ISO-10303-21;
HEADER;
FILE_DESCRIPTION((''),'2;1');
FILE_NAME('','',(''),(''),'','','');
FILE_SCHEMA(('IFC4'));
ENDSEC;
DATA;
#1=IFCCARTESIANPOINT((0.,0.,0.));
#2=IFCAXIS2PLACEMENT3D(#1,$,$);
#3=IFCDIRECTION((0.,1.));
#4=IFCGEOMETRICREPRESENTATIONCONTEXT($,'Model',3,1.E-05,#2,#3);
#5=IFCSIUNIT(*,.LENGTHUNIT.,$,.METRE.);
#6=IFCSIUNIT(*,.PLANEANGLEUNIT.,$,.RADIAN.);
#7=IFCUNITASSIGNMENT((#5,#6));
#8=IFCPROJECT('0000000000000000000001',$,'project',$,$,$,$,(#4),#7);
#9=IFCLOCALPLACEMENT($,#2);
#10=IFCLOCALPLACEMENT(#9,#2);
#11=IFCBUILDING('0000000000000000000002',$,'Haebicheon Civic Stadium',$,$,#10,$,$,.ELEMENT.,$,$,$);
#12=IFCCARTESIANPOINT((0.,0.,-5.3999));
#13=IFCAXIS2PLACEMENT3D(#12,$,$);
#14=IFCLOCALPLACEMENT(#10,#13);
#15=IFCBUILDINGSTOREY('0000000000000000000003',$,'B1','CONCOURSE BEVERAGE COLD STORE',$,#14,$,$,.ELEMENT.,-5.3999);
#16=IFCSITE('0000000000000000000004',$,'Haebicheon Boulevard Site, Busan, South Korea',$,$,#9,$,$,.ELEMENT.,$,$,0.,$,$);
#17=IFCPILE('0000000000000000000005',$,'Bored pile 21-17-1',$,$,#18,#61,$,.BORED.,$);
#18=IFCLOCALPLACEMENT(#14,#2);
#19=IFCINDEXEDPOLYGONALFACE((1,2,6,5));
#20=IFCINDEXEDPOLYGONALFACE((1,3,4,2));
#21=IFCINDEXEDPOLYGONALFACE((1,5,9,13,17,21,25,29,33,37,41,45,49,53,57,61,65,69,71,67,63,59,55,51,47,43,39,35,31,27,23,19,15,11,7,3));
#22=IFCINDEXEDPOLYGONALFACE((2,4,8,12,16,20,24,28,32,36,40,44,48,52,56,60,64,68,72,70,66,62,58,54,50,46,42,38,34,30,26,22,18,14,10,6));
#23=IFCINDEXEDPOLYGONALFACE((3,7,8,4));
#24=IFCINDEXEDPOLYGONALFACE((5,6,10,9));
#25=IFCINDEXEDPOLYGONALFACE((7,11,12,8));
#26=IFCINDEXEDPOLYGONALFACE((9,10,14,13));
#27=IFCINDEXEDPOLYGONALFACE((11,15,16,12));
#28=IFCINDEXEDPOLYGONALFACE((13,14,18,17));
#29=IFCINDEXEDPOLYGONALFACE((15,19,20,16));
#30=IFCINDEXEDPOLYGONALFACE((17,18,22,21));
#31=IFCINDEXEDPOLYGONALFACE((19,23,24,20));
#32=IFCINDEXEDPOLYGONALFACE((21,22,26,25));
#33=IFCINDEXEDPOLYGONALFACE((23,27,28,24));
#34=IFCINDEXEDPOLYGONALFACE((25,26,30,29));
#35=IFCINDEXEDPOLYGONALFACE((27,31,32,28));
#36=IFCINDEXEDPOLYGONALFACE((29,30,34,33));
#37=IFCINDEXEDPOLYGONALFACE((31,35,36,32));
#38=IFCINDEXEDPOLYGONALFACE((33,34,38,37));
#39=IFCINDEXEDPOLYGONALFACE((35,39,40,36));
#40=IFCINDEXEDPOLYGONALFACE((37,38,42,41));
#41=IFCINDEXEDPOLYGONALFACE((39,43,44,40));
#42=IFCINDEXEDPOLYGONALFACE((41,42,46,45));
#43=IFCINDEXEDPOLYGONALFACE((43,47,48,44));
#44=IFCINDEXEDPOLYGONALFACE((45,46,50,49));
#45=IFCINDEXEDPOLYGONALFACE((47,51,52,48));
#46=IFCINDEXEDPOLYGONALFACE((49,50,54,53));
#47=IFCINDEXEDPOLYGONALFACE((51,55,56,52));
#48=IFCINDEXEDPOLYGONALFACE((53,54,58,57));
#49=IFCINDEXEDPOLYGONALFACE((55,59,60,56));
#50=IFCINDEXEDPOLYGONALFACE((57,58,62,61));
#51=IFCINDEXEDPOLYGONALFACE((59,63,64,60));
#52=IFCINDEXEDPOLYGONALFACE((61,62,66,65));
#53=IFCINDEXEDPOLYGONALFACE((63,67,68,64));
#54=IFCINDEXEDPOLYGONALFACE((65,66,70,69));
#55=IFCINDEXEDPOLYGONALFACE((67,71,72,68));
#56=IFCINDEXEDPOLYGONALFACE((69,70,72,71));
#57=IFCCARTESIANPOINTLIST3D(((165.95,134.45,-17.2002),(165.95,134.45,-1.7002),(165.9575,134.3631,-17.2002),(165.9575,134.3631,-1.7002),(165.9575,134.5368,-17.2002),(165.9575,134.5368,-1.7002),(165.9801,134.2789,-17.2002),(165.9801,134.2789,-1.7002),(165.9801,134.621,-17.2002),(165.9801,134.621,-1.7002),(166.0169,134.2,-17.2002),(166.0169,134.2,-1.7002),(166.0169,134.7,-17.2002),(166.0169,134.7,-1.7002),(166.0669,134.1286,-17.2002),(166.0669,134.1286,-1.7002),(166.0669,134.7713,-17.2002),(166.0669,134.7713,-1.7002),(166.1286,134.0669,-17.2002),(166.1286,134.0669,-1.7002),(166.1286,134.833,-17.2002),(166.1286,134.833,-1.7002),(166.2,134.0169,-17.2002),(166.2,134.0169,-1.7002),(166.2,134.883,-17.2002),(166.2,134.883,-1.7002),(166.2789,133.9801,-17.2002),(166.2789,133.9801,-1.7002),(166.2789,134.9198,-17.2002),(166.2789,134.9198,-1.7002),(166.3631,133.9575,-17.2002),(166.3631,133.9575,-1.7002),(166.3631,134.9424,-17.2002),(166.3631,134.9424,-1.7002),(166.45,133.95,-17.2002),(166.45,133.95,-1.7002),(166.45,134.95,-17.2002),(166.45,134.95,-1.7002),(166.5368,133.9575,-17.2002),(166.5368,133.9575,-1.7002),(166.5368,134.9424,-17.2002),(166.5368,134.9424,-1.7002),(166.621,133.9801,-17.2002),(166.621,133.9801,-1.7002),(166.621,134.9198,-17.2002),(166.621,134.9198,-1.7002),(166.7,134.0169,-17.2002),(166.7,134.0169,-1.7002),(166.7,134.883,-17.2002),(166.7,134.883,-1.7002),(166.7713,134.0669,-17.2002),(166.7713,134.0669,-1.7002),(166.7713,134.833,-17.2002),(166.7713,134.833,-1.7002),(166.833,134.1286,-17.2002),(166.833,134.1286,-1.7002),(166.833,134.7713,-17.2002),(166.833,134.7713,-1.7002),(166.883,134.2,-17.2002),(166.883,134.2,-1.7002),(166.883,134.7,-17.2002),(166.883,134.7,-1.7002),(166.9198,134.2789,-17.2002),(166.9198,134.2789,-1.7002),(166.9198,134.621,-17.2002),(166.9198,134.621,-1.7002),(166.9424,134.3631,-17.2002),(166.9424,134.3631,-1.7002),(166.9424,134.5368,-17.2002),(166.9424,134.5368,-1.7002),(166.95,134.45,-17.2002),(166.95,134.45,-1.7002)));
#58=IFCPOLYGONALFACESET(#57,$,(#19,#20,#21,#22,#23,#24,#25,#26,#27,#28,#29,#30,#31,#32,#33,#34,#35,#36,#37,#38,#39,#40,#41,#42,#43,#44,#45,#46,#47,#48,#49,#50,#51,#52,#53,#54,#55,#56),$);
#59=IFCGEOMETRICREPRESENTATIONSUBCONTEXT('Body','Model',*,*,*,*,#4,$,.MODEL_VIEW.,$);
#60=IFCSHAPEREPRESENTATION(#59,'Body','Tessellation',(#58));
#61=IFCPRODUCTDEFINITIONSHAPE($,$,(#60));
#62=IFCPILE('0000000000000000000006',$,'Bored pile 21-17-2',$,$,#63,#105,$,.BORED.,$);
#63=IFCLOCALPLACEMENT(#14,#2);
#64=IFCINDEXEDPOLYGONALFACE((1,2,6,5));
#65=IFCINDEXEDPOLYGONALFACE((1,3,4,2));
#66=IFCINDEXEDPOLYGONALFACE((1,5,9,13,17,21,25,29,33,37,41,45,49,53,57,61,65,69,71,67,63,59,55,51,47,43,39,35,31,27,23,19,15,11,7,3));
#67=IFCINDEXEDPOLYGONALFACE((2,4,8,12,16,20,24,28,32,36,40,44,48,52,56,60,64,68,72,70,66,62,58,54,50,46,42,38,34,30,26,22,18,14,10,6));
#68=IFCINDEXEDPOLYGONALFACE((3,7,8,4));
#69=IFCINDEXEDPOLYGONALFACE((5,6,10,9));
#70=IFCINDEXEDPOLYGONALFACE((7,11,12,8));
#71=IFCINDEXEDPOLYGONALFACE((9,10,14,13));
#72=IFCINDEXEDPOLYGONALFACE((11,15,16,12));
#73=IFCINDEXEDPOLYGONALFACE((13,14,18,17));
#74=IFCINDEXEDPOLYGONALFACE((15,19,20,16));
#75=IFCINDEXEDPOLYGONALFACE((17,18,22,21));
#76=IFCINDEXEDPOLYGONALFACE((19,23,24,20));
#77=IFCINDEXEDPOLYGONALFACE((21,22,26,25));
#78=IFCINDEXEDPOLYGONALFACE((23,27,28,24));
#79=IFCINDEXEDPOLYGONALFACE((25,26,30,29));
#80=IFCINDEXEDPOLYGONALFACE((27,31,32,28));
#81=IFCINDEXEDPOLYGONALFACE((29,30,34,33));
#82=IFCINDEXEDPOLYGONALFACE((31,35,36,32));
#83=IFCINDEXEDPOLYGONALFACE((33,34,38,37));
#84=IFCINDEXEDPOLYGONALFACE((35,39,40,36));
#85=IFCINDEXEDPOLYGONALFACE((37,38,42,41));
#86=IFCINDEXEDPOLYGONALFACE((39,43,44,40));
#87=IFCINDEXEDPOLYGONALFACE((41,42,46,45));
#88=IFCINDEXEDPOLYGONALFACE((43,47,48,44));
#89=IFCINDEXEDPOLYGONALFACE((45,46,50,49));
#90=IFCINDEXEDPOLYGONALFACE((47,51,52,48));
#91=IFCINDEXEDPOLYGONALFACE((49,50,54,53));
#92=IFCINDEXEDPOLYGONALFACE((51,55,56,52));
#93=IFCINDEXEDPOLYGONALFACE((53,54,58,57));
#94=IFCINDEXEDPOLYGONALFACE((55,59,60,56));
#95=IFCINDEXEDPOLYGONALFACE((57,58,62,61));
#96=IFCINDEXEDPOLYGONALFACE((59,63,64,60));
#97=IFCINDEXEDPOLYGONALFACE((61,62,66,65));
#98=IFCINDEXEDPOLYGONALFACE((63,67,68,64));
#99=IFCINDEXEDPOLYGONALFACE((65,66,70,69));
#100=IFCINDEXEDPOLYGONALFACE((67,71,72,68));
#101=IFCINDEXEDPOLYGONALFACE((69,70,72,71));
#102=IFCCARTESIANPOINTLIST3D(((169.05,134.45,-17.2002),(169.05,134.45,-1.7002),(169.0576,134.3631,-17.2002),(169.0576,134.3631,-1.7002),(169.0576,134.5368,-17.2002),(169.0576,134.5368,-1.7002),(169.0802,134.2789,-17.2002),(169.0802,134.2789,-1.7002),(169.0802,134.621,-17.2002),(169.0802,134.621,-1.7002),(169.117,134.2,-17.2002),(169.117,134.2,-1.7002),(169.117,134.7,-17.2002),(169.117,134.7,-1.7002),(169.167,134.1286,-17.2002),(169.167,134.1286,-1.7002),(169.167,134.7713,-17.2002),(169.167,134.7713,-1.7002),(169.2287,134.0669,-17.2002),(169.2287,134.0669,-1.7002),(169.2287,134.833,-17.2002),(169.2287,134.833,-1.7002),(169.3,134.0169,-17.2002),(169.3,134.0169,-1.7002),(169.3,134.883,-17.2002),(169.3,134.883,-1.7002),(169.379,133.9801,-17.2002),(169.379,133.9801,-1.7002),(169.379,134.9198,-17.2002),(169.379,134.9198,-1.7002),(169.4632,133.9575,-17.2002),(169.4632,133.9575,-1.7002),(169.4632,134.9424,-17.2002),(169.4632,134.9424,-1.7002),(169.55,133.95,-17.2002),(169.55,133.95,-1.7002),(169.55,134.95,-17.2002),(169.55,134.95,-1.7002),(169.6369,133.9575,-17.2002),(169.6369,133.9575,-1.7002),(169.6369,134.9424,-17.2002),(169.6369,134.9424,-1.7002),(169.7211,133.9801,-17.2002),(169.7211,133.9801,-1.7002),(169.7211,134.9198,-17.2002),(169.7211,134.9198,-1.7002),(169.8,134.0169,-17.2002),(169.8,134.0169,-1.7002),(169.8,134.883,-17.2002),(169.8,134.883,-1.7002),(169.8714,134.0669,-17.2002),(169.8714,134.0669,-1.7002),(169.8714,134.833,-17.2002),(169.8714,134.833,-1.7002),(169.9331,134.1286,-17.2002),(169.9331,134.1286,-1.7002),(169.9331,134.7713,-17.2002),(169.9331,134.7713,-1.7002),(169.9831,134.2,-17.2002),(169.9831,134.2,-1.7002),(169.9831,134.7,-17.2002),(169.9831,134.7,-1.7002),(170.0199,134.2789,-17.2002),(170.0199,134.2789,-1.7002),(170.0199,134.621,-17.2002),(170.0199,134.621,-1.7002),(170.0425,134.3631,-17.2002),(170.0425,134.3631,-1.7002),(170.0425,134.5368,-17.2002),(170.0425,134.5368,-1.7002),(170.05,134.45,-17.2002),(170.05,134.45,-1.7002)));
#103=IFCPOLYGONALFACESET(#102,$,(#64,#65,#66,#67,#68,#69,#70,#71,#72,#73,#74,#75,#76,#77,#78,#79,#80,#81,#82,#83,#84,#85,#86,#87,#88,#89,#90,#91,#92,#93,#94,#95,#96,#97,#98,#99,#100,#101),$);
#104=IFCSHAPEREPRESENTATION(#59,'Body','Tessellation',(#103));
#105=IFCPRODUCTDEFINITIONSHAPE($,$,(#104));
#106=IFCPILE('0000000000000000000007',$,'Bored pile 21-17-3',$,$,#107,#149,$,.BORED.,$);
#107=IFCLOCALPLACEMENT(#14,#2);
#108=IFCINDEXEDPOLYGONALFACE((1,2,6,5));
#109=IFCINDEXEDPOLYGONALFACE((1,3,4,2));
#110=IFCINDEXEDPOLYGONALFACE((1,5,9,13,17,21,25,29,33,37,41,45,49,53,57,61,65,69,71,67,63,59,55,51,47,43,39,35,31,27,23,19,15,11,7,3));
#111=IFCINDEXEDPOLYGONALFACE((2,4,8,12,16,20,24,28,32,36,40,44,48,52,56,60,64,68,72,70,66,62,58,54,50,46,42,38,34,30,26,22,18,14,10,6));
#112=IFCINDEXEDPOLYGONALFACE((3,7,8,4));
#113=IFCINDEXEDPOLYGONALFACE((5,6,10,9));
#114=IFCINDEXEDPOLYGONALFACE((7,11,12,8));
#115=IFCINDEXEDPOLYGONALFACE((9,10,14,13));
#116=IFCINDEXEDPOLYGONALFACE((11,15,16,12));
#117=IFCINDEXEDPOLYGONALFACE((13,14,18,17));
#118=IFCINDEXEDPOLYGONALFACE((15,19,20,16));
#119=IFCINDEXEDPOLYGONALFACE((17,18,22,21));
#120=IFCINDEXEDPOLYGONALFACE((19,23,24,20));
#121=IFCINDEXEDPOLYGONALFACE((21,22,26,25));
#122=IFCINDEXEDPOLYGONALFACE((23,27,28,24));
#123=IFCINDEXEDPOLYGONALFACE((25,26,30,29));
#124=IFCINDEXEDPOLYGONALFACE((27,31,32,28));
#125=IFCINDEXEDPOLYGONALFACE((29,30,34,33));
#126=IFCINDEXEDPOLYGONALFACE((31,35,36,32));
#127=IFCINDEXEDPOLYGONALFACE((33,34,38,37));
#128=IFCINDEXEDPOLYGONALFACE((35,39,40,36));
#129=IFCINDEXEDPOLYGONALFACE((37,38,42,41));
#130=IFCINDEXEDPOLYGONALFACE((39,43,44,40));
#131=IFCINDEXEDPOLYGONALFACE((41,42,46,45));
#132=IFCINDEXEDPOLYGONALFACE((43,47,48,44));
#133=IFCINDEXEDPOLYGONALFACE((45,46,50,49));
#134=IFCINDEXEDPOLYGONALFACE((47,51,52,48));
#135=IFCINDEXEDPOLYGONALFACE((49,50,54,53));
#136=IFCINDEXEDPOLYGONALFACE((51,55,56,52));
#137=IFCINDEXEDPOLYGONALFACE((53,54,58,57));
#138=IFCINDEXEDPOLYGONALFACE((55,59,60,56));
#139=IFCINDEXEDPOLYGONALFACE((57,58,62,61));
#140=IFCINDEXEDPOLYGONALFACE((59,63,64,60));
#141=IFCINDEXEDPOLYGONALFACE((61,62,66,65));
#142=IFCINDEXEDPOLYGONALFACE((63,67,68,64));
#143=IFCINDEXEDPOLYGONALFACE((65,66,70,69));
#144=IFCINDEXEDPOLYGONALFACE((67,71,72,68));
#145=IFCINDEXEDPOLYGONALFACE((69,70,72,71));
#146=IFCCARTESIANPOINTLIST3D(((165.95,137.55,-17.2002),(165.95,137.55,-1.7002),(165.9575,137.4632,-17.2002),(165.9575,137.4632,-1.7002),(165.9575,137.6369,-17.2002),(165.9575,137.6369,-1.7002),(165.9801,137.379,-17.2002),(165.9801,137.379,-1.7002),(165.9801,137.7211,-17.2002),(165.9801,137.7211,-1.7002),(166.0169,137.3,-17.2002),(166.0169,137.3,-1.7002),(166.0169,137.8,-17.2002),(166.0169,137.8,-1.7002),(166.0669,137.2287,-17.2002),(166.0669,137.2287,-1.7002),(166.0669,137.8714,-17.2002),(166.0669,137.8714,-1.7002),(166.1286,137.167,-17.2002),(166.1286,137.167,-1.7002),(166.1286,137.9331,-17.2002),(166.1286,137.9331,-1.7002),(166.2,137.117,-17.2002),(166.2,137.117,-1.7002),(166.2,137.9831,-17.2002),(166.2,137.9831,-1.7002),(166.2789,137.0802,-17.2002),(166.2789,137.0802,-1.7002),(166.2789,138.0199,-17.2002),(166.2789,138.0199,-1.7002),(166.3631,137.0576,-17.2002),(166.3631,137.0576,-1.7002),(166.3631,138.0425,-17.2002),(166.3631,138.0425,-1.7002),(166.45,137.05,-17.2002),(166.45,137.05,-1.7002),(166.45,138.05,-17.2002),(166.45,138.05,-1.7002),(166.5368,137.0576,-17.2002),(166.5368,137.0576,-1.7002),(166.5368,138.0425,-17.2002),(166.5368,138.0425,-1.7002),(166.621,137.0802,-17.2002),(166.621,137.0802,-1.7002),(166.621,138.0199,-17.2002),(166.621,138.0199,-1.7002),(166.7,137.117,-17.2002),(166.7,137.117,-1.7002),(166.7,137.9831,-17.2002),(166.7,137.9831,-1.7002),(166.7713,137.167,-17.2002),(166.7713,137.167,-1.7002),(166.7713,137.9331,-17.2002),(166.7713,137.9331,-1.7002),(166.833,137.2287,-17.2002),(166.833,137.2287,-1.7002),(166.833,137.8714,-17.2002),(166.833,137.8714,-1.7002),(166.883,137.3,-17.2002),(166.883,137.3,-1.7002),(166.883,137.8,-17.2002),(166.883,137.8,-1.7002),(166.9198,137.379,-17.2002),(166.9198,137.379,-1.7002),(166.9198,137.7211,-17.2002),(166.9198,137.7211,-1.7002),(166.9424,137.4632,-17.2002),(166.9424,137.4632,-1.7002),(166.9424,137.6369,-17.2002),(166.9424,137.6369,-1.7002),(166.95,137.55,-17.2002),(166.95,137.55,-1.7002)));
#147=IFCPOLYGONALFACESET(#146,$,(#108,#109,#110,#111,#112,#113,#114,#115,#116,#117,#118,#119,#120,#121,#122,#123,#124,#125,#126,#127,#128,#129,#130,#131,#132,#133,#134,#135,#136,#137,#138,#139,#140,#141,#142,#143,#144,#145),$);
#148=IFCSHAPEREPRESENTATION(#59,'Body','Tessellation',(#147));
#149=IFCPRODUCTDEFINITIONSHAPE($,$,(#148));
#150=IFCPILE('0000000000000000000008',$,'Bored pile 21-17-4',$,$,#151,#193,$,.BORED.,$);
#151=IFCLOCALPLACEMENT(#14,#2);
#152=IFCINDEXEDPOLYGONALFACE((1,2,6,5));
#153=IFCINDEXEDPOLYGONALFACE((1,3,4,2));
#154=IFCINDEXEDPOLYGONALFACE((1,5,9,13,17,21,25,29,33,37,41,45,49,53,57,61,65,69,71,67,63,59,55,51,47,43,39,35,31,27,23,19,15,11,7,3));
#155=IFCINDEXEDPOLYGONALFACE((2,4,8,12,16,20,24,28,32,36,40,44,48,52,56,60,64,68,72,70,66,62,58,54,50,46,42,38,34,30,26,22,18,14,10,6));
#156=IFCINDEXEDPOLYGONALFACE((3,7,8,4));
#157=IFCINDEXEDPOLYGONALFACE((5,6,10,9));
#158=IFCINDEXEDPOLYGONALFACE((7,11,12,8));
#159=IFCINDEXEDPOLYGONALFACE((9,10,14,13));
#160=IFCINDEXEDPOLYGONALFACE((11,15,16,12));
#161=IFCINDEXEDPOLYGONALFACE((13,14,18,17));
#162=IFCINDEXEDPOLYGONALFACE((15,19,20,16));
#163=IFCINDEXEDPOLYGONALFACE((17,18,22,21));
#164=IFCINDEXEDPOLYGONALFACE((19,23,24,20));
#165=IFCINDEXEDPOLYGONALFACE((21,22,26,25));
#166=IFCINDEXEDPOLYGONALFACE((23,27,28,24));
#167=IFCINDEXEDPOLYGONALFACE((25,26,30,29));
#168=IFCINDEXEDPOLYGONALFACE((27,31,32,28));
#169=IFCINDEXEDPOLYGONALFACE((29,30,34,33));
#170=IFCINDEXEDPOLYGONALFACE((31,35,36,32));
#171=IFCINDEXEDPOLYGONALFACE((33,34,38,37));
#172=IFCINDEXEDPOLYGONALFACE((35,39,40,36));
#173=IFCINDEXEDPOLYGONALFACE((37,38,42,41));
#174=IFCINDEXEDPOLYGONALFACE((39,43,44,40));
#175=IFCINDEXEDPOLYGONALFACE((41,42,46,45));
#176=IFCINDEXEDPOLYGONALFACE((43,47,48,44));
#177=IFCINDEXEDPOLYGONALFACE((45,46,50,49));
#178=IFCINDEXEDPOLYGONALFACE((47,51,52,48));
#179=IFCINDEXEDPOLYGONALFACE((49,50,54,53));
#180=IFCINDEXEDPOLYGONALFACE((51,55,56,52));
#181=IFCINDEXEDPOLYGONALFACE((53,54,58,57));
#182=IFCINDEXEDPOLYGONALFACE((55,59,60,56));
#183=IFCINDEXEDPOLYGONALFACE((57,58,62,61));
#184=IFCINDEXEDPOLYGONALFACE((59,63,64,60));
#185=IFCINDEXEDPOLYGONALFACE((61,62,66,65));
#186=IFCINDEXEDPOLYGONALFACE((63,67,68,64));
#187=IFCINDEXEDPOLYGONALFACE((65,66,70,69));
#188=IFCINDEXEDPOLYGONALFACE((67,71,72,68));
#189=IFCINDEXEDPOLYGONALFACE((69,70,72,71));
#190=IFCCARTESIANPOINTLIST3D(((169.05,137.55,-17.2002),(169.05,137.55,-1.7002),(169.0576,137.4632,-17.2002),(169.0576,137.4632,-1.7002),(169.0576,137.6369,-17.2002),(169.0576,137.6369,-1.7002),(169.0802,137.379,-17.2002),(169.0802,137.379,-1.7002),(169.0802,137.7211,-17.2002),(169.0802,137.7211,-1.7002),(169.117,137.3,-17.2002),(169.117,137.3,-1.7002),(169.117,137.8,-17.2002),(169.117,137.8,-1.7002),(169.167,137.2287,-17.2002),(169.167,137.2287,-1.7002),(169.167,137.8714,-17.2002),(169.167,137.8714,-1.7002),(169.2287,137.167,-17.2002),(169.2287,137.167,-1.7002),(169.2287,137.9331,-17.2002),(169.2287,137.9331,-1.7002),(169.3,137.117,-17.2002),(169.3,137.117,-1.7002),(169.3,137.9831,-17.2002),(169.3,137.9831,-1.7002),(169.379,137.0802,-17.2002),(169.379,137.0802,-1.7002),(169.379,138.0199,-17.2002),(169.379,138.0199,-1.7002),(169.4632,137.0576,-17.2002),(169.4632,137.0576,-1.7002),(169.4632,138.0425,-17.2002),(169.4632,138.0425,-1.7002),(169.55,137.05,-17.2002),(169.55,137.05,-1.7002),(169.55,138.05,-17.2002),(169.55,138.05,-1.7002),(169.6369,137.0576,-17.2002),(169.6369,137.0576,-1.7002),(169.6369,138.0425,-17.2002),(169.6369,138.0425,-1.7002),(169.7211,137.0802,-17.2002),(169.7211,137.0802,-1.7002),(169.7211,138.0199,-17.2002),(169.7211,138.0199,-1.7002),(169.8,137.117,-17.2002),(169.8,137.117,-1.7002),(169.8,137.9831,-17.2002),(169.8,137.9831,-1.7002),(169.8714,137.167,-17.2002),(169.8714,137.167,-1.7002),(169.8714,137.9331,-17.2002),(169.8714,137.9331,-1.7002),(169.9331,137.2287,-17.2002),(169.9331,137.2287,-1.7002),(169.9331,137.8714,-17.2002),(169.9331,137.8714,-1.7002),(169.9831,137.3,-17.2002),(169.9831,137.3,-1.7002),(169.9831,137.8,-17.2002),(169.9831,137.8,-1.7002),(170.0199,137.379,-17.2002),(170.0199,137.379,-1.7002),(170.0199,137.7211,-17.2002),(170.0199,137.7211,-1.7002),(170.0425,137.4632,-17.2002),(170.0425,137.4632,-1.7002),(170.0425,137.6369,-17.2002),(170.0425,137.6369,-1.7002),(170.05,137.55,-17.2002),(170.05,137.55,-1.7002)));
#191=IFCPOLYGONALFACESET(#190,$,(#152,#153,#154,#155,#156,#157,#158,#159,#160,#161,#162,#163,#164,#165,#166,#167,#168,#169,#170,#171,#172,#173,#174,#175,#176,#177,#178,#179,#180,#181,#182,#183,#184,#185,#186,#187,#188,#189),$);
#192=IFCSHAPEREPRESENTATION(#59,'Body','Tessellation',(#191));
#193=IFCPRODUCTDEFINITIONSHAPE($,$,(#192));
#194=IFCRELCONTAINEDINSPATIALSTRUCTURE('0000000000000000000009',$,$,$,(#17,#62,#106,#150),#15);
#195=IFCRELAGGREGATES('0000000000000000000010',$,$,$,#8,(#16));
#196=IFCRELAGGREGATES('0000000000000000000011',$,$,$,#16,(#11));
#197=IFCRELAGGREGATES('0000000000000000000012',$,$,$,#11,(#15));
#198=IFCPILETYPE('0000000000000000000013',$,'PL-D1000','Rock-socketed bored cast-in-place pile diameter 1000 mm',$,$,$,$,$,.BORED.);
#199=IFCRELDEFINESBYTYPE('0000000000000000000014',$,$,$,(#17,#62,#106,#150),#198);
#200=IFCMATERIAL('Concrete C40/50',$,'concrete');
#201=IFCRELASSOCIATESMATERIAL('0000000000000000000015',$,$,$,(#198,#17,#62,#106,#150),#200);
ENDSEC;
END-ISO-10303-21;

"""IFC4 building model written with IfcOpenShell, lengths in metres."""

from ifc_helpers import new_model, si_unit, direction, frame, origin, origin_2d, place, context, subcontext, project, spatial, circle, extrude, material, material_profile, profile_set, type_object, element, save


model = new_model("IFC4")

# Units and contexts
model_context = context("Model", 3, precision=1e-05, world=origin(), true_north=direction((0.0, 1.0)))
body_context = subcontext(model_context, "Body", "Model", "MODEL_VIEW")
ifc_project = project(units=[si_unit("LENGTHUNIT", "METRE"), si_unit("PLANEANGLEUNIT", "RADIAN")], contexts=[model_context])

# Site, building, storey
site_placement = place(None, origin())
site = spatial("IfcSite", under=ifc_project, at=site_placement, Name="Haebicheon Boulevard Site, Busan, South Korea", CompositionType="ELEMENT", RefElevation=0.0)
building_placement = place(site_placement, origin())
building = spatial("IfcBuilding", under=site, at=building_placement, Name="Haebicheon Civic Stadium", CompositionType="ELEMENT")
storey_placement = place(building_placement, frame((0.0, 0.0, -5.3999)))
storey = spatial("IfcBuildingStorey", under=building, at=storey_placement, Name="B1", Description="CONCOURSE BEVERAGE COLD STORE", CompositionType="ELEMENT", Elevation=-5.3999)

# Piles
ifc_material_1 = material(Name="Concrete C40/50", Category="concrete")
ifc_material_profile_1 = material_profile(ifc_material_1, circle(Radius=0.5, at=origin_2d()), Name="PILE-D1000")
ifc_profile_set_1 = profile_set([ifc_material_profile_1], Name="Concrete C40/50")
pile_type_1 = type_object("IfcPileType", Name="PL-D1000", Description="Rock-socketed bored cast-in-place pile diameter 1000 mm", PredefinedType="BORED", material=ifc_profile_set_1)
for number, where, z_axis, x_axis, name in (
    (1, (166.45, 134.45, -1.7002), (0.0, 0.0, -1.0), (1.0, 0.0, 0.0), "Bored pile 21-17-1"),
    (2, (169.55, 134.45, -1.7002), (0.0, 0.0, -1.0), (1.0, 0.0, 0.0), "Bored pile 21-17-2"),
    (3, (166.45, 137.55, -1.7002), (0.0, 0.0, -1.0), (1.0, 0.0, 0.0), "Bored pile 21-17-3"),
    (4, (169.55, 137.55, -1.7002), (0.0, 0.0, -1.0), (1.0, 0.0, 0.0), "Bored pile 21-17-4"),
):
    element("IfcPile", number, at=place(storey_placement, frame(where, z_axis=z_axis, x_axis=x_axis)), inside=storey, type_object=pile_type_1, material=ifc_profile_set_1, Name=name, PredefinedType="BORED", context=body_context, shape_type="SweptSolid", body=[
        extrude(circle(Radius=0.5, at=origin_2d()), origin(), (0.0, 0.0, 1.0), 15.5),
    ])

save(model, "model.ifc")
